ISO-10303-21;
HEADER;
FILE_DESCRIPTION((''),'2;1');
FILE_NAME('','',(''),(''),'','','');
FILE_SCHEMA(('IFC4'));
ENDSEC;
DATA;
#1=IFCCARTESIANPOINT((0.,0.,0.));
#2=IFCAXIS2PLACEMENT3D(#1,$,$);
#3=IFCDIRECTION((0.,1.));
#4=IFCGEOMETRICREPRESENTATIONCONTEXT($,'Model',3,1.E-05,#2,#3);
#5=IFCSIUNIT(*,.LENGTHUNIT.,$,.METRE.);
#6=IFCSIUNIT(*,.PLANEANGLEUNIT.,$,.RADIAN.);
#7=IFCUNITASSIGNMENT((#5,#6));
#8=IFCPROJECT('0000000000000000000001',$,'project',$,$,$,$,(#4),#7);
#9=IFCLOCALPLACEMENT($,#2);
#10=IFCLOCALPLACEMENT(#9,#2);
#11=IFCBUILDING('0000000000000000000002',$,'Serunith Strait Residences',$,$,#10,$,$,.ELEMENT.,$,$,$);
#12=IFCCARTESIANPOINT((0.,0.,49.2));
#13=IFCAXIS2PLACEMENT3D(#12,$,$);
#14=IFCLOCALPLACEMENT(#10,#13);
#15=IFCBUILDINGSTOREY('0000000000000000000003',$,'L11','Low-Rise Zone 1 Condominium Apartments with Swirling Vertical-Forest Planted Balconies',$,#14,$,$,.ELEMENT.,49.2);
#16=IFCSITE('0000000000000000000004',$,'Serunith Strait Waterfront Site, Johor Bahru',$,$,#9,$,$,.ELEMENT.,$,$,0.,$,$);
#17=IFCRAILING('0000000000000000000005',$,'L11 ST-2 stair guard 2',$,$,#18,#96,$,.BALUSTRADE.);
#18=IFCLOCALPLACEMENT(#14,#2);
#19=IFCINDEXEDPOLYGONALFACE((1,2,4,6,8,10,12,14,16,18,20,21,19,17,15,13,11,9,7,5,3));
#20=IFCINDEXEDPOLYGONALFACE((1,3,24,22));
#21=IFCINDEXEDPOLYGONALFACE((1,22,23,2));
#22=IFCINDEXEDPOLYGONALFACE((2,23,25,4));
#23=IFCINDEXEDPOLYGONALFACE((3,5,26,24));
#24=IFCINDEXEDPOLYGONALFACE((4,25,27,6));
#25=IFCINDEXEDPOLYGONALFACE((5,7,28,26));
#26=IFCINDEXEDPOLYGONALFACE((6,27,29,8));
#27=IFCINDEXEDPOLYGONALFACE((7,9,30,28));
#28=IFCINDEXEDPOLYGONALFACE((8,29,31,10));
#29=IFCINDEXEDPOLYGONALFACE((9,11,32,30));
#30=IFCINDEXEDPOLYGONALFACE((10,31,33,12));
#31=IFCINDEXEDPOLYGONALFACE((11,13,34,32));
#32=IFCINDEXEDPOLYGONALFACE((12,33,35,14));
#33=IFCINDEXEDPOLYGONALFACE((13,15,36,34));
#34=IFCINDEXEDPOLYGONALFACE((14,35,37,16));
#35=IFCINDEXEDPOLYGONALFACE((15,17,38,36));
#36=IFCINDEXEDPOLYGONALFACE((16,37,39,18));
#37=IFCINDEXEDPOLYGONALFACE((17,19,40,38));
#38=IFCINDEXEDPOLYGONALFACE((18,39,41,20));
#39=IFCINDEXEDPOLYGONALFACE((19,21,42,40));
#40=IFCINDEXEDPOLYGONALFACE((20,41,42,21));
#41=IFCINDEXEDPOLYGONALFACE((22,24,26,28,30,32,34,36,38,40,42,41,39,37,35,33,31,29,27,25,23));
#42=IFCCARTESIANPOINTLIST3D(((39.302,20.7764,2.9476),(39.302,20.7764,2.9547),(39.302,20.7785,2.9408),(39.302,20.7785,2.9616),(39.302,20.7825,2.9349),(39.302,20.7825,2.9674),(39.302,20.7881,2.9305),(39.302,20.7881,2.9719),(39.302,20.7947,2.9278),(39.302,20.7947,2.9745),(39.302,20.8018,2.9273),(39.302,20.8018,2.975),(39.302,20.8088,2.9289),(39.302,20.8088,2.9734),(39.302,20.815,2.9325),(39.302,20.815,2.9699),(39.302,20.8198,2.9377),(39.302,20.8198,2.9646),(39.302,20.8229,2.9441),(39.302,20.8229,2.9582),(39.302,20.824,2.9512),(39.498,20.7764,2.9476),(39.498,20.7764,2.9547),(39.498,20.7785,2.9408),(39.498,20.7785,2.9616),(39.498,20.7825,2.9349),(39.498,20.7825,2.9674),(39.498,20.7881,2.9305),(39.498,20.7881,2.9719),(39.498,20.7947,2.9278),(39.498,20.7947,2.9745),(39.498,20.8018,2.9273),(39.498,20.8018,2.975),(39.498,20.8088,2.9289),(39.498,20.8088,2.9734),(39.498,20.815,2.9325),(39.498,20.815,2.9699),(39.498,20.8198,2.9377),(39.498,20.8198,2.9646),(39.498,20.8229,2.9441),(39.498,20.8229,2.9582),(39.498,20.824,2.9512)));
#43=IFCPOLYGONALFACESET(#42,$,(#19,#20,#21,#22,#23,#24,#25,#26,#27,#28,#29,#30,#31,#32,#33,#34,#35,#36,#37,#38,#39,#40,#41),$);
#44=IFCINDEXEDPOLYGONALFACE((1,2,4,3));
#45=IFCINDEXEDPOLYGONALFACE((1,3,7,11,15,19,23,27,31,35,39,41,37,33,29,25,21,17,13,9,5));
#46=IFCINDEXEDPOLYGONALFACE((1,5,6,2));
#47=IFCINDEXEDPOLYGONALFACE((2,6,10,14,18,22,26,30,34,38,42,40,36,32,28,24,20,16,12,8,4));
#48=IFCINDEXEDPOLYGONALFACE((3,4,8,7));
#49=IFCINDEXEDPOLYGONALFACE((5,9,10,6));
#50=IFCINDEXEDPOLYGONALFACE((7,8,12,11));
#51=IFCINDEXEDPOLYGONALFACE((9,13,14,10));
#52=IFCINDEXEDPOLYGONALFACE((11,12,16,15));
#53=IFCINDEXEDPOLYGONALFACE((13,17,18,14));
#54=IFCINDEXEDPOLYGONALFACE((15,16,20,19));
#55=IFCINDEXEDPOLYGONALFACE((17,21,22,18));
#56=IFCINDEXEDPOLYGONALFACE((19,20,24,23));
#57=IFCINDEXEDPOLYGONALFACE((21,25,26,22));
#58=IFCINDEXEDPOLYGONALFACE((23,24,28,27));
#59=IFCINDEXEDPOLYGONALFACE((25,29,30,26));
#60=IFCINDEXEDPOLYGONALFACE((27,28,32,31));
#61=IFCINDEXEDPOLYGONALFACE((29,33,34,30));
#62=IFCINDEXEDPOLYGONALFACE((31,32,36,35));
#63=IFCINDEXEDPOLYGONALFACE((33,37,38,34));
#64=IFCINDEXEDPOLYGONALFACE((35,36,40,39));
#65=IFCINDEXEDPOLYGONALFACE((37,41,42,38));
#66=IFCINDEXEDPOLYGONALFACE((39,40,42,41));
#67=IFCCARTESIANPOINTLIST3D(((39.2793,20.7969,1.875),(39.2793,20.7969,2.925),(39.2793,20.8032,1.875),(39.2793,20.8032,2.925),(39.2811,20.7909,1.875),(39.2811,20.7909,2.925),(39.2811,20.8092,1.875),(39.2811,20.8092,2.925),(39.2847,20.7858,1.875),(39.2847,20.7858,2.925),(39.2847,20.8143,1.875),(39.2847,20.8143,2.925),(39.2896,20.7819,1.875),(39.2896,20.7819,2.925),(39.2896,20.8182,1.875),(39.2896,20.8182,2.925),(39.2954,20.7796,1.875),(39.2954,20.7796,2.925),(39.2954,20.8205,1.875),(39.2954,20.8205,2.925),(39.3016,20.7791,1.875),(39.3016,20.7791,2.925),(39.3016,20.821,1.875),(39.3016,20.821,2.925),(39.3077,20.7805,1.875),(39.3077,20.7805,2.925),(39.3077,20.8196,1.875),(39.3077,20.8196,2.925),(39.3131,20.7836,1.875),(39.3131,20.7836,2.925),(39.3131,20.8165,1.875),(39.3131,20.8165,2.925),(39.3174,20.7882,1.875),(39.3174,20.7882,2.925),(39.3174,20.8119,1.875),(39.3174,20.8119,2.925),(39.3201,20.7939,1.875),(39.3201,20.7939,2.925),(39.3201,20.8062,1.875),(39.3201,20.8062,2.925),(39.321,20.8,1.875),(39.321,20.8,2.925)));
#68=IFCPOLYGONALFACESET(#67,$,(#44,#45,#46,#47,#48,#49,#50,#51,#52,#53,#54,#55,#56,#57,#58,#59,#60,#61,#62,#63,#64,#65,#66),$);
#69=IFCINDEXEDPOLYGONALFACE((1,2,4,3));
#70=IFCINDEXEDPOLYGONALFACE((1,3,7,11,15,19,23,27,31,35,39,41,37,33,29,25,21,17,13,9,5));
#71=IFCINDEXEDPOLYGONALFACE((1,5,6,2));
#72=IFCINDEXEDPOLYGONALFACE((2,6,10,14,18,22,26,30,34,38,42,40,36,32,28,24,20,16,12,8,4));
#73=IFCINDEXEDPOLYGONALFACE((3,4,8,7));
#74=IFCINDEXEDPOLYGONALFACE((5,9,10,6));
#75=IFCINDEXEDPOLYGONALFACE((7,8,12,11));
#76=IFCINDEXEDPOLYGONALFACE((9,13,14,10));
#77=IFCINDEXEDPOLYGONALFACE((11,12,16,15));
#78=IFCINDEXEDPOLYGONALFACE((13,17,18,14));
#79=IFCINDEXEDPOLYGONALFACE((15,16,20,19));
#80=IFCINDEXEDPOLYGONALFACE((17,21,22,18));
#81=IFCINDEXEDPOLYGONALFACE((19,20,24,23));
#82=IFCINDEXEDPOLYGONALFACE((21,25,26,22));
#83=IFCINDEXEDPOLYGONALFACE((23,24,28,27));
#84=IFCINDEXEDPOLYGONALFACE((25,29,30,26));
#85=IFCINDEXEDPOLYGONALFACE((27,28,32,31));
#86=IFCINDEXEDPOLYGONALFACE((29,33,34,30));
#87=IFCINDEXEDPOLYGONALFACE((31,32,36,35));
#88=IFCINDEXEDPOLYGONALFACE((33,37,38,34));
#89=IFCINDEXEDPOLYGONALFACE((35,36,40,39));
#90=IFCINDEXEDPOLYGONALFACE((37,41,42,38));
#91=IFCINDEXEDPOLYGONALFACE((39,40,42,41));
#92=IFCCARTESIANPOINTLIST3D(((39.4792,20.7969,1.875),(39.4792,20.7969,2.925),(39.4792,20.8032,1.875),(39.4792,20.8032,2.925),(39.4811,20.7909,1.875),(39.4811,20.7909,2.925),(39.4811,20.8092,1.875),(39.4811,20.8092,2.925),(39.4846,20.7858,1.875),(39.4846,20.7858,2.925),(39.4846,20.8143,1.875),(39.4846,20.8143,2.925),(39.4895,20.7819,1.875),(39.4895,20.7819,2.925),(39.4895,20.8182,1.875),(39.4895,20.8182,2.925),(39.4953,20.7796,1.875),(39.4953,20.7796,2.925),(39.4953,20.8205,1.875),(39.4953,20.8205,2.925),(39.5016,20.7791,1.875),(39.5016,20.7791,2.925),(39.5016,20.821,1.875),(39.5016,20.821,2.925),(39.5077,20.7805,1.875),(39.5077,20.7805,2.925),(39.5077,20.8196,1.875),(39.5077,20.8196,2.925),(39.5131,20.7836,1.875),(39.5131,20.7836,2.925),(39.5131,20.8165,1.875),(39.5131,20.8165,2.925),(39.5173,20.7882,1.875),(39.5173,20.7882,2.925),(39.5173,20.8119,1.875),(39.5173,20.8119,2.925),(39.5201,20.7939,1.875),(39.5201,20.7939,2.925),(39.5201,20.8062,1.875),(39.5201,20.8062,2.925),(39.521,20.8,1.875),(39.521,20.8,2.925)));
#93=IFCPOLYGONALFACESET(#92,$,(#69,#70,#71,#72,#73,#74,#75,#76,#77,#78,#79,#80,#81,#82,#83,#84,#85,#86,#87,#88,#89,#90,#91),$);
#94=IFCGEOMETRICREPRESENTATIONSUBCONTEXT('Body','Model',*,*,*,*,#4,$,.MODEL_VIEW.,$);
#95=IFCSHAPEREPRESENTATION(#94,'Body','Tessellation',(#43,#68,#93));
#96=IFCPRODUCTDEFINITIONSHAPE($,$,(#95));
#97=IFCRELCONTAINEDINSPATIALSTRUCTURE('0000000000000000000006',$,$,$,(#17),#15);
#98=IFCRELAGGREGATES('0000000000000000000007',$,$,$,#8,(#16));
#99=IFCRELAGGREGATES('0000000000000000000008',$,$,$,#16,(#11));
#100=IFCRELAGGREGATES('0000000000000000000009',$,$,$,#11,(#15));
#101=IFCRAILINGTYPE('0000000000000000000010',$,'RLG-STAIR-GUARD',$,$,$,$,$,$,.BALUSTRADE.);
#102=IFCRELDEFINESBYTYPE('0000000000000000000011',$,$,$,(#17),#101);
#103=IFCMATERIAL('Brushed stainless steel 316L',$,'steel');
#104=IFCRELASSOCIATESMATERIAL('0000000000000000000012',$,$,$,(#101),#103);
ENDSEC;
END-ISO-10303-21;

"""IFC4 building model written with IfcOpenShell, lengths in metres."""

from ifc_helpers import new_model, si_unit, direction, frame, origin, origin_2d, place, context, subcontext, project, spatial, circle, extrude, material, type_object, element, save


model = new_model("IFC4")

# Units and contexts
model_context = context("Model", 3, precision=1e-05, world=origin(), true_north=direction((0.0, 1.0)))
body_context = subcontext(model_context, "Body", "Model", "MODEL_VIEW")
ifc_project = project(units=[si_unit("LENGTHUNIT", "METRE"), si_unit("PLANEANGLEUNIT", "RADIAN")], contexts=[model_context])

# Site, building, storey
site_placement = place(None, origin())
site = spatial("IfcSite", under=ifc_project, at=site_placement, Name="Serunith Strait Waterfront Site, Johor Bahru", CompositionType="ELEMENT", RefElevation=0.0)
building_placement = place(site_placement, origin())
building = spatial("IfcBuilding", under=site, at=building_placement, Name="Serunith Strait Residences", CompositionType="ELEMENT")
storey_placement = place(building_placement, frame((0.0, 0.0, 49.2)))
storey = spatial("IfcBuildingStorey", under=building, at=storey_placement, Name="L11", Description="Low-Rise Zone 1 Condominium Apartments with Swirling Vertical-Forest Planted Balconies", CompositionType="ELEMENT", Elevation=49.2)

# Railing
ifc_material_1 = material(Name="Brushed stainless steel 316L", Category="steel")
railing_type_1 = type_object("IfcRailingType", Name="RLG-STAIR-GUARD", PredefinedType="BALUSTRADE", material=ifc_material_1)
railing_1_placement = place(storey_placement, frame((39.3, 20.8, 1.875)))
element("IfcRailing", 1, at=railing_1_placement, inside=storey, type_object=railing_type_1, Name="L11 ST-2 stair guard 2", PredefinedType="BALUSTRADE", context=body_context, shape_type="SweptSolid", body=[
    extrude(circle(Radius=0.0239, at=origin_2d()), frame((0.002, 0.0, 1.0762), z_axis=(1.0, 0.0, 0.0), x_axis=(0.0, 1.0, 0.0)), (0.0, 0.0, 1.0), 0.196),
    extrude(circle(Radius=0.021, at=origin_2d()), origin(), (0.0, 0.0, 1.0), 1.05),
    extrude(circle(Radius=0.021, at=origin_2d()), frame((0.2, 0.0, 0.0)), (0.0, 0.0, 1.0), 1.05),
])

save(model, "model.ifc")
